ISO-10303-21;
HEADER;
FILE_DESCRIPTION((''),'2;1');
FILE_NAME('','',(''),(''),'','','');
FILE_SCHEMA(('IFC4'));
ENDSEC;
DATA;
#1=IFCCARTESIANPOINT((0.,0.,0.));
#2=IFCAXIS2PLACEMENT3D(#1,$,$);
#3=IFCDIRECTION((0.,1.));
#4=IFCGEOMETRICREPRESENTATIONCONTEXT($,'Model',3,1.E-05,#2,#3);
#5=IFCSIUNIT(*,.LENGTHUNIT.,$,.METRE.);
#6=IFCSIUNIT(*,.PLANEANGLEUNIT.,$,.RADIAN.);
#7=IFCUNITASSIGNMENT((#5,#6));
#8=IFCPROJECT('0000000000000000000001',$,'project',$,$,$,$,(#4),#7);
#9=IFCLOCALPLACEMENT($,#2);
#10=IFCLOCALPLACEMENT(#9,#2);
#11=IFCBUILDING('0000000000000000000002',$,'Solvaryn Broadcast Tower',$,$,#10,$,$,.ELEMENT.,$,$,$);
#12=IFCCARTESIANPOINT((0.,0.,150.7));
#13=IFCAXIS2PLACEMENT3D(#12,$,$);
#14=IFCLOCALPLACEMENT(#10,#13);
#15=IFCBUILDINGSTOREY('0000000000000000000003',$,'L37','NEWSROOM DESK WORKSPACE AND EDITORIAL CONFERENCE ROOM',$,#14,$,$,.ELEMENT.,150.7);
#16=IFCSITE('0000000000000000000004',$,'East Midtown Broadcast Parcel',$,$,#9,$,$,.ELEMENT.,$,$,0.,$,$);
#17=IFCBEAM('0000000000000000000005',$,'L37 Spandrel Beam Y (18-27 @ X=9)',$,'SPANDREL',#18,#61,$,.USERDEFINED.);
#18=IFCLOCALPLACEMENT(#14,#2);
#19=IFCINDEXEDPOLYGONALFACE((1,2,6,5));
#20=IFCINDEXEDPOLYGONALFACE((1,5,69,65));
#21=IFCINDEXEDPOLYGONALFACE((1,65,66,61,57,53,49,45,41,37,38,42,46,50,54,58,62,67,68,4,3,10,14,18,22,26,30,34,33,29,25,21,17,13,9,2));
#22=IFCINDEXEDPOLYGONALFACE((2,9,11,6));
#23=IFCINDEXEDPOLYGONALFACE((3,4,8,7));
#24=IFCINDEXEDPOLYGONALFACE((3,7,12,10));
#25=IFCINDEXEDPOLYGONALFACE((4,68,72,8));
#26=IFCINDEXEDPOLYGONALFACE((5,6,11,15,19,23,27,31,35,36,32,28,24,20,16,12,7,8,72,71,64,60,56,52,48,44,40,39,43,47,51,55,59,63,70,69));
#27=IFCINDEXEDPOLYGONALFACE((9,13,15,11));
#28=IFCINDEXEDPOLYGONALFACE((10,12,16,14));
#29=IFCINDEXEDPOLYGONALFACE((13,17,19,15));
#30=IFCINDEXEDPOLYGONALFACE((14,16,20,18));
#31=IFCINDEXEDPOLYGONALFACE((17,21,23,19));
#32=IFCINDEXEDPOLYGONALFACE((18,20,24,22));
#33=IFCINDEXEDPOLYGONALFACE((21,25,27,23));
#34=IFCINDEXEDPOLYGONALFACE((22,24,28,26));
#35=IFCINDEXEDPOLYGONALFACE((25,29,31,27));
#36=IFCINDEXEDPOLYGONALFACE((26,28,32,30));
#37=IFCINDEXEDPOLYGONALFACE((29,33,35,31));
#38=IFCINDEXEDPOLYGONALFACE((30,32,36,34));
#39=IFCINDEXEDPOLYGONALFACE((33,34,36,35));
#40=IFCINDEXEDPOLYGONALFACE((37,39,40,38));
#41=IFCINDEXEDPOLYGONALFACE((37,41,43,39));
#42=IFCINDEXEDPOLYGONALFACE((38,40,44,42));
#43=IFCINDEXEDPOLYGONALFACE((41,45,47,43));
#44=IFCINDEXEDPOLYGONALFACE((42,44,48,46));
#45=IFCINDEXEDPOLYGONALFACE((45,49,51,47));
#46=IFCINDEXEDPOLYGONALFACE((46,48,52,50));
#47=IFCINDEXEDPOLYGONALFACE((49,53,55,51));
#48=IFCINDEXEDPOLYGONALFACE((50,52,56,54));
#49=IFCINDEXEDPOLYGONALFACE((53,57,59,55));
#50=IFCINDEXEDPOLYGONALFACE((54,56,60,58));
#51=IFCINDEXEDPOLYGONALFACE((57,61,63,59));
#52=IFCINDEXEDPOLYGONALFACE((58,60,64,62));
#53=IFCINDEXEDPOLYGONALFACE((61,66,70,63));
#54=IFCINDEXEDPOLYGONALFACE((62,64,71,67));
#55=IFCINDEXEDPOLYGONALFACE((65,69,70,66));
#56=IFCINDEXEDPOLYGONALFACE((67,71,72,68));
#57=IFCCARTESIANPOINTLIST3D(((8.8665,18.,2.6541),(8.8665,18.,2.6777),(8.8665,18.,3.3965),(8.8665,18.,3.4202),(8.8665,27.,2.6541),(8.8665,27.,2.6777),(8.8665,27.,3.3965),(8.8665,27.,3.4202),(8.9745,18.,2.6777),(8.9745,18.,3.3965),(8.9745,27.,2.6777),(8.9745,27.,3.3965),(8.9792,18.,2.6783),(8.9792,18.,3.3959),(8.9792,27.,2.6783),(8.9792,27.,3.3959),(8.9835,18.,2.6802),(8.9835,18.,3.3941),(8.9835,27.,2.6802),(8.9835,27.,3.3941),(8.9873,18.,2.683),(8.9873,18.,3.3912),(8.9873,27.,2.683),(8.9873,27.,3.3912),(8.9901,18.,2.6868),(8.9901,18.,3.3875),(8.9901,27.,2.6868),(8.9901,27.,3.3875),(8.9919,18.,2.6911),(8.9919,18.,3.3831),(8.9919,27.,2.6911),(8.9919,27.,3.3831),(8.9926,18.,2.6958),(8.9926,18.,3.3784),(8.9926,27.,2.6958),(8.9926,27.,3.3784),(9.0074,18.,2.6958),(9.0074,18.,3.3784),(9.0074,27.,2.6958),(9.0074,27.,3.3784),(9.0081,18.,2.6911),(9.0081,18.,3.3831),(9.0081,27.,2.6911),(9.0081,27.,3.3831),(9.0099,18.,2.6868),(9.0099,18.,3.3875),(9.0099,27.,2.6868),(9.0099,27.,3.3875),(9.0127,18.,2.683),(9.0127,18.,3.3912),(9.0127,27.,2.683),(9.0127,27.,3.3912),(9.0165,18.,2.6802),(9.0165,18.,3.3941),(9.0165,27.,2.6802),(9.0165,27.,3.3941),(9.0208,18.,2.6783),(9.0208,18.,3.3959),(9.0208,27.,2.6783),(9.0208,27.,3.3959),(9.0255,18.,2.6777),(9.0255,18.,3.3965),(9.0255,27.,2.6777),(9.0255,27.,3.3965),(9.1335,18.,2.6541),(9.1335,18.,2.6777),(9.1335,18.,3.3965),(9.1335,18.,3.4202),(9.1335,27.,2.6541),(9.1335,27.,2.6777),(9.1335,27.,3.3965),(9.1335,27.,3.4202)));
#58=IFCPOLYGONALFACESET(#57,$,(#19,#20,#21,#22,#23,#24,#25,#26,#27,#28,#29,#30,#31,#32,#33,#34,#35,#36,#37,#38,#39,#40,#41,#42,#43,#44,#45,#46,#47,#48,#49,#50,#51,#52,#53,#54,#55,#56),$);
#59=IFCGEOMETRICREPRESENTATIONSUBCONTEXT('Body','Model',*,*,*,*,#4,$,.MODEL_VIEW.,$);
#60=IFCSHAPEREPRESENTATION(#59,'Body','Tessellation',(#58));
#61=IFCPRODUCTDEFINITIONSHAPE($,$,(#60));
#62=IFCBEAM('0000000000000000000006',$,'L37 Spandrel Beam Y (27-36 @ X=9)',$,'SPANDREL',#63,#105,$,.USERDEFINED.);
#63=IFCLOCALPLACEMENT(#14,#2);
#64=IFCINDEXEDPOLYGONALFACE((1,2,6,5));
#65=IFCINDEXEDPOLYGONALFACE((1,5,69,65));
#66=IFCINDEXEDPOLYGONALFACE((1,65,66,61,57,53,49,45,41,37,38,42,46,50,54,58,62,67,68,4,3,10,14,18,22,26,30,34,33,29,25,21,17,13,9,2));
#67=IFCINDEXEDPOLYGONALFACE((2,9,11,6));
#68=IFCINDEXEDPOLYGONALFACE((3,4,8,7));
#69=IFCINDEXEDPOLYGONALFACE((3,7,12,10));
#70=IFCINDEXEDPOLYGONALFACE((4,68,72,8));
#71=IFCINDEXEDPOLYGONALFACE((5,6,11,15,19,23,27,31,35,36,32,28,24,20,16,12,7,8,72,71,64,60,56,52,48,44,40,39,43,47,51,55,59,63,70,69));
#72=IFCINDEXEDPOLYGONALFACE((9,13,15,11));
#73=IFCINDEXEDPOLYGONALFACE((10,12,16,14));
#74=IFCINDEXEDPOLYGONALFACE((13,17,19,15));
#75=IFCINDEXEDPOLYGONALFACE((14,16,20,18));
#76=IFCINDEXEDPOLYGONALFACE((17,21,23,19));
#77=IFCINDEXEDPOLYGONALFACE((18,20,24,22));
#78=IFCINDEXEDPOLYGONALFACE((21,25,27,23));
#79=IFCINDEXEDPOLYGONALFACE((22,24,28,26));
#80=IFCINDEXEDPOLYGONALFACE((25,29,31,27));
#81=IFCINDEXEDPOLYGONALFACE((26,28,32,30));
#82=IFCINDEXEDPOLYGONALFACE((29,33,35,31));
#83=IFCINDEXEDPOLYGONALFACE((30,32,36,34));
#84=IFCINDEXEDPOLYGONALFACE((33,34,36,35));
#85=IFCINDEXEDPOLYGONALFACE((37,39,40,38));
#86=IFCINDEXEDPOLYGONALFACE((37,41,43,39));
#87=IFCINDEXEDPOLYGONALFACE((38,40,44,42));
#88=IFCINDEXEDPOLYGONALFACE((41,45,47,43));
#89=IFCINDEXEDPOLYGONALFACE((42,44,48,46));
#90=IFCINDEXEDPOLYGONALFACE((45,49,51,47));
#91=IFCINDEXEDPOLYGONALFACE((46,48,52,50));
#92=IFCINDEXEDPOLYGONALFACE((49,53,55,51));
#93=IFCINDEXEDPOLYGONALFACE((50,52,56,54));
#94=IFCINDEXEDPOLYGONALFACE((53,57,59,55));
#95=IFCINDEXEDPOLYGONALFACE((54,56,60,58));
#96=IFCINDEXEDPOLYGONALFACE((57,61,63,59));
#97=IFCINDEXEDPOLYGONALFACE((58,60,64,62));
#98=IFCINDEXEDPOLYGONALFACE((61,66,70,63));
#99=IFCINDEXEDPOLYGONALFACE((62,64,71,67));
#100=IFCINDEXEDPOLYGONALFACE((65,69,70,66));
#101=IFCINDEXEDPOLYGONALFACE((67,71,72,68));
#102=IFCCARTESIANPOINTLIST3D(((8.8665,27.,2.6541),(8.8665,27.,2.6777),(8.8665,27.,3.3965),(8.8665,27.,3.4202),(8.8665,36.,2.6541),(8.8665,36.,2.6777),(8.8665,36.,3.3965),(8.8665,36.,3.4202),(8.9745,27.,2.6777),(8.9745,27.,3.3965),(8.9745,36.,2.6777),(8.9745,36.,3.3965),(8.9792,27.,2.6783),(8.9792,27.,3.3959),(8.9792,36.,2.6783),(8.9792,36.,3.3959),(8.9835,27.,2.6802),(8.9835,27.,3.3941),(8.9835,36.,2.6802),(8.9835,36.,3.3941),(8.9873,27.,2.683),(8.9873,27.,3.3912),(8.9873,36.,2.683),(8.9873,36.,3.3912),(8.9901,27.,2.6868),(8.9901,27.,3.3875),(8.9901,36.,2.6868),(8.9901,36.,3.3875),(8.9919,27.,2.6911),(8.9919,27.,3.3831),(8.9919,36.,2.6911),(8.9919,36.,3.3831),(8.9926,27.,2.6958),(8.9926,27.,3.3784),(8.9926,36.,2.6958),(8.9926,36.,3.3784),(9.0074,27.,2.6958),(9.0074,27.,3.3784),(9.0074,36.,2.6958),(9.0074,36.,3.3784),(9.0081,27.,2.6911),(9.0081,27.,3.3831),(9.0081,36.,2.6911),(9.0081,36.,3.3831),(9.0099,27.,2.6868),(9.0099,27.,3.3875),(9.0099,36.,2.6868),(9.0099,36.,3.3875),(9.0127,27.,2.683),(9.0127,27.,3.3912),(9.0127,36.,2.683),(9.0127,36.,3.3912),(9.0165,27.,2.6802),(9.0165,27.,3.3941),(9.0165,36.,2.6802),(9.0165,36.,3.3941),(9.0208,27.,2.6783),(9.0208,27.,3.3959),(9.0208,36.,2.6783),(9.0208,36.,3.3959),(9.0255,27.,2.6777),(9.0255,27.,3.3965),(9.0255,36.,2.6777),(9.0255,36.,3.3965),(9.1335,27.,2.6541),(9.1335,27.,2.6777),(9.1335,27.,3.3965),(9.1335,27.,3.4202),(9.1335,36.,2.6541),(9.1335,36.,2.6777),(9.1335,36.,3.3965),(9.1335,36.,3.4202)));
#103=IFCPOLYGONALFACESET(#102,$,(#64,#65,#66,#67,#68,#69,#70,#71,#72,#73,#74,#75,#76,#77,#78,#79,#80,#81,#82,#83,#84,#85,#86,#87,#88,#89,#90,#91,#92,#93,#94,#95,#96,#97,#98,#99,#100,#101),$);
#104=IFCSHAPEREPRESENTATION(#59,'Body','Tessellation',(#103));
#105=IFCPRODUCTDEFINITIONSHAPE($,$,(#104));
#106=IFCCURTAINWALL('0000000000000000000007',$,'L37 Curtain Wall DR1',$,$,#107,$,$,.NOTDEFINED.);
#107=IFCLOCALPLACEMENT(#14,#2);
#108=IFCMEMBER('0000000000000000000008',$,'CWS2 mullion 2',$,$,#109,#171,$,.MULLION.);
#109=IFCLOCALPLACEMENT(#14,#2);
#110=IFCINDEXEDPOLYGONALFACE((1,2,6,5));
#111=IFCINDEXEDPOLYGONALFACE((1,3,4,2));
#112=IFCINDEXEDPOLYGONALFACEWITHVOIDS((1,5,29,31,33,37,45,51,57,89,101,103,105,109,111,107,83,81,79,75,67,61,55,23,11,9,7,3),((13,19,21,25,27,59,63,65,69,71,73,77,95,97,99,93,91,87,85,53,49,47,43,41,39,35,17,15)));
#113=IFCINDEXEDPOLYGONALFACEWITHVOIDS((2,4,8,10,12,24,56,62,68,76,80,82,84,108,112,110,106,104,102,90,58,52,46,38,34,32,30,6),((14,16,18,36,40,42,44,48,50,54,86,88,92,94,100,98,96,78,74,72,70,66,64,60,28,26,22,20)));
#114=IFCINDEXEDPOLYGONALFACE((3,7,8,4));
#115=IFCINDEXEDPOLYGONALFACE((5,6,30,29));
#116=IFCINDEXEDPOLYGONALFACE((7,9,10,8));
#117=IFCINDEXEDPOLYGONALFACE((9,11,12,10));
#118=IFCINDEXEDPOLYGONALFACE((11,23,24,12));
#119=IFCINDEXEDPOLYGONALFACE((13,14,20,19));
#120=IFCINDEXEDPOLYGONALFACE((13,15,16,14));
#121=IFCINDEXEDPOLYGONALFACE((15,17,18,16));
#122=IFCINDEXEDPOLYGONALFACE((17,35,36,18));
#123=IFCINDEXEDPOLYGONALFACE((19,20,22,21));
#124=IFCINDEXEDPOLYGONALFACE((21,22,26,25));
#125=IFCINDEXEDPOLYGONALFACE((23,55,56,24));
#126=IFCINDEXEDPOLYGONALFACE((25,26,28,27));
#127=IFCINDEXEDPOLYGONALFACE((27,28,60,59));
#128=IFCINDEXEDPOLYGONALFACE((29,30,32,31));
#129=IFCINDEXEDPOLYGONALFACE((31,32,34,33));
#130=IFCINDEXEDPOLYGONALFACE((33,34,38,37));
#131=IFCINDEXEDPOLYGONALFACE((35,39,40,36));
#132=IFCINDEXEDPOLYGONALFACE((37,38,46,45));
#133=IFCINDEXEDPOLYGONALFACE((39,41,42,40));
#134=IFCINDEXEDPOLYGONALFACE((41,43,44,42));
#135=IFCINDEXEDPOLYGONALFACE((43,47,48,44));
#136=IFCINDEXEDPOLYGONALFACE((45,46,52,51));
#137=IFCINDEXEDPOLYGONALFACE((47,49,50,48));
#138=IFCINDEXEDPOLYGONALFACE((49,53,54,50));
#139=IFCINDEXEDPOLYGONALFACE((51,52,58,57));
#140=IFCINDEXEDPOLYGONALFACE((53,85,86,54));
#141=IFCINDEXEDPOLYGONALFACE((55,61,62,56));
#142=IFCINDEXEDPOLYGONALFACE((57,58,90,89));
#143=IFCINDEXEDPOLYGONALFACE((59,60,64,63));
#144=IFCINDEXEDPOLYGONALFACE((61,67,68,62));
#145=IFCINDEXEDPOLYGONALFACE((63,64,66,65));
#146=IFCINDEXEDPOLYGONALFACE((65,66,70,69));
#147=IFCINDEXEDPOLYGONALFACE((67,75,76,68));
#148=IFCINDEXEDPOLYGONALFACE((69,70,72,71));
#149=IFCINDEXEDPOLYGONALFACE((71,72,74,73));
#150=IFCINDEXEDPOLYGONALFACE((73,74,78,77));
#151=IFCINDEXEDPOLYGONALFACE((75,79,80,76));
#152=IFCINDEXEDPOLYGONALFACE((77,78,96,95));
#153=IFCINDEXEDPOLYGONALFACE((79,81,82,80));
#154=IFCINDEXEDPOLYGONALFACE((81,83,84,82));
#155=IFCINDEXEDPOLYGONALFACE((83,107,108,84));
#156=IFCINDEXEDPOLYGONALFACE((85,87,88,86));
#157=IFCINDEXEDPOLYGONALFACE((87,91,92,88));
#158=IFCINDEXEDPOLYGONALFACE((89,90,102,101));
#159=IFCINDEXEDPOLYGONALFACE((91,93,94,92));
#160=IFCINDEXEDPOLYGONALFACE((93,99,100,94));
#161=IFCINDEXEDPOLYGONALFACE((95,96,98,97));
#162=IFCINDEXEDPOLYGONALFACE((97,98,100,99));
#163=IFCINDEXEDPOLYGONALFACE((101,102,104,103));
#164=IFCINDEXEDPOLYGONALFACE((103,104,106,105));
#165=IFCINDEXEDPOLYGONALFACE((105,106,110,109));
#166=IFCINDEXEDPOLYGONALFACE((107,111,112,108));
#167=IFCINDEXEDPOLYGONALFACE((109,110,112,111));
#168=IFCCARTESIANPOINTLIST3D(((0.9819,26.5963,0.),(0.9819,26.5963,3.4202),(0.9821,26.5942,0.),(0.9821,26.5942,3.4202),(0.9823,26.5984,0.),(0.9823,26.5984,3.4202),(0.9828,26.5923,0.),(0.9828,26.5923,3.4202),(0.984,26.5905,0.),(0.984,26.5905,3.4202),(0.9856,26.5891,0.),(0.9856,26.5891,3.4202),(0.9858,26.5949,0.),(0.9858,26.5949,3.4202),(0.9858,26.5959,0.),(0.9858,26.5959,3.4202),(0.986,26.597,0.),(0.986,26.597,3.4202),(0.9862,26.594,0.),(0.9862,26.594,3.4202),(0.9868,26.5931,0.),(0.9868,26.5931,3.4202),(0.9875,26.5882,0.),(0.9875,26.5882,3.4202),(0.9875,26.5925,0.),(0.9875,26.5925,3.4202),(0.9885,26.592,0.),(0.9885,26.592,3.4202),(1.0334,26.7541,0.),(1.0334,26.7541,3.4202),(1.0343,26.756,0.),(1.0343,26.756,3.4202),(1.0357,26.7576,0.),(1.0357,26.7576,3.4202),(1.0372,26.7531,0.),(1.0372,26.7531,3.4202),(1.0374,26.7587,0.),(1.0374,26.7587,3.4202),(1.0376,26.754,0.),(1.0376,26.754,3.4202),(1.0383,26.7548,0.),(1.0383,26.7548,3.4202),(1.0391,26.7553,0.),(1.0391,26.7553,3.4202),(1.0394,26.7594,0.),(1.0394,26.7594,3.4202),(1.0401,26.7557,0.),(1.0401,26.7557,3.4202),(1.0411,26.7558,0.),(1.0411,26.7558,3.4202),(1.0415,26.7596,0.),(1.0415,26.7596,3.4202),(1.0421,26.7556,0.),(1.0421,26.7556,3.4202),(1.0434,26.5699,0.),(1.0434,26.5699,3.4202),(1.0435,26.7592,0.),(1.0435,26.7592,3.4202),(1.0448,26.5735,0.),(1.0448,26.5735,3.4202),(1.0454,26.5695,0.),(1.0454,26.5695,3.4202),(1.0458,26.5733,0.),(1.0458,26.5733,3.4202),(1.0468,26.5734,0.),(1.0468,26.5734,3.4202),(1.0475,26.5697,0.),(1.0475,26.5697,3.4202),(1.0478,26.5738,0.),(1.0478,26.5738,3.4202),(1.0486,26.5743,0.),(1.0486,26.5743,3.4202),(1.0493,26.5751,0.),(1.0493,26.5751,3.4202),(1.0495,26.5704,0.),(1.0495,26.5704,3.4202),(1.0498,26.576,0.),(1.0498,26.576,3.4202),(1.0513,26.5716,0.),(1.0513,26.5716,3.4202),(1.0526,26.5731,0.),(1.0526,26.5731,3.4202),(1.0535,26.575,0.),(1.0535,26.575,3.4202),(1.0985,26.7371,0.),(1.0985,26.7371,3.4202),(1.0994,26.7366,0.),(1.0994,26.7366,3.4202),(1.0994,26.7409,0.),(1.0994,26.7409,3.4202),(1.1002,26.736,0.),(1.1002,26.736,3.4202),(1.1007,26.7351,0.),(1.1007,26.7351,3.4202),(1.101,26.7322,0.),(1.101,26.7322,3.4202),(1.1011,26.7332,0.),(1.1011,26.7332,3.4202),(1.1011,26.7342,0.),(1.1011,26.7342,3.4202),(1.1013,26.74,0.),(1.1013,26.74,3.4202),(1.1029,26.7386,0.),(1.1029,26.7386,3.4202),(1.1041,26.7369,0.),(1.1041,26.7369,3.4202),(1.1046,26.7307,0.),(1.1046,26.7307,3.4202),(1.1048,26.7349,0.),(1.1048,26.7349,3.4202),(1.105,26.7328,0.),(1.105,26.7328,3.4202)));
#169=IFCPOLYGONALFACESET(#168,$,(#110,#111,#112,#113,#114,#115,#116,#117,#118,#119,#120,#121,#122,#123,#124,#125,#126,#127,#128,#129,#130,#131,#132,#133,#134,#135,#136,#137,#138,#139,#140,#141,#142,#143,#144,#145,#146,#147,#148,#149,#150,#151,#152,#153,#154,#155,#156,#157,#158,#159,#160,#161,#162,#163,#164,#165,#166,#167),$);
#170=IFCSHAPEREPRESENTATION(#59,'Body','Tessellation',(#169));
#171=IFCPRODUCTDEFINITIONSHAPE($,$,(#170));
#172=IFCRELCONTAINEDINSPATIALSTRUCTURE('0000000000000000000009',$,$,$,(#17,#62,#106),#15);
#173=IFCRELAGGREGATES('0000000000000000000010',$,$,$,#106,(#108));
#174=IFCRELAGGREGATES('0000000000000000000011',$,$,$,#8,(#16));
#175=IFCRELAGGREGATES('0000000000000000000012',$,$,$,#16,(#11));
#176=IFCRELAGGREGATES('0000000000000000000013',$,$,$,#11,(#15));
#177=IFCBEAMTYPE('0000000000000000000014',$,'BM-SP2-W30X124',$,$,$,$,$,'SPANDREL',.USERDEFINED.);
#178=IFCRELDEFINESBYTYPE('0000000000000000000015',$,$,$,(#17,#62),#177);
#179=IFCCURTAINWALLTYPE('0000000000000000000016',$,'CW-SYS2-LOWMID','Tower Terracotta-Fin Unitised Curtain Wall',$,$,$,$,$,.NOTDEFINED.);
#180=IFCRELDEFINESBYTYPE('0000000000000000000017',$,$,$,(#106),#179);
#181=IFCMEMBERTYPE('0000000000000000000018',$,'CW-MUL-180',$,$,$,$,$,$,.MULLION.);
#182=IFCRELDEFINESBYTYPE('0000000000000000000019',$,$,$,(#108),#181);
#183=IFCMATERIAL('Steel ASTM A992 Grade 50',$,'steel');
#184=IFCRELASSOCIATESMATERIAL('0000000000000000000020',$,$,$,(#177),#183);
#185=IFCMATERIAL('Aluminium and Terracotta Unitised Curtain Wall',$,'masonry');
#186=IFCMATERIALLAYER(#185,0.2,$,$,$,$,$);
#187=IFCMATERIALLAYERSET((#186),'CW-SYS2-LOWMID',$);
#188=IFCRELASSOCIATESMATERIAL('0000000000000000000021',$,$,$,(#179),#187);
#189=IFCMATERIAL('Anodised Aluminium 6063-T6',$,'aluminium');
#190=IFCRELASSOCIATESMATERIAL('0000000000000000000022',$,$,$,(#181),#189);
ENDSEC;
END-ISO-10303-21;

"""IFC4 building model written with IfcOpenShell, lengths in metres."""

from ifc_helpers import new_model, si_unit, direction, frame, origin, origin_2d, place, context, subcontext, project, spatial, hollow_rectangle, i_section, extrude, material, layer, layer_set, material_profile, profile_set, type_object, element, aggregate, save


model = new_model("IFC4")

# Units and contexts
model_context = context("Model", 3, precision=1e-05, world=origin(), true_north=direction((0.0, 1.0)))
body_context = subcontext(model_context, "Body", "Model", "MODEL_VIEW")
ifc_project = project(units=[si_unit("LENGTHUNIT", "METRE"), si_unit("PLANEANGLEUNIT", "RADIAN")], contexts=[model_context])

# Site, building, storey
site_placement = place(None, origin())
site = spatial("IfcSite", under=ifc_project, at=site_placement, Name="East Midtown Broadcast Parcel", CompositionType="ELEMENT", RefElevation=0.0)
building_placement = place(site_placement, origin())
building = spatial("IfcBuilding", under=site, at=building_placement, Name="Solvaryn Broadcast Tower", CompositionType="ELEMENT")
storey_placement = place(building_placement, frame((0.0, 0.0, 150.7)))
storey = spatial("IfcBuildingStorey", under=building, at=storey_placement, Name="L37", Description="NEWSROOM DESK WORKSPACE AND EDITORIAL CONFERENCE ROOM", CompositionType="ELEMENT", Elevation=150.7)

# Beams
ifc_material_1 = material(Name="Steel ASTM A992 Grade 50", Category="steel")
ifc_material_profile_1 = material_profile(ifc_material_1, i_section(OverallWidth=0.2671, OverallDepth=0.7661, WebThickness=0.0149, FlangeThickness=0.0237, FilletRadius=0.0181, at=origin_2d()))
ifc_profile_set_1 = profile_set([ifc_material_profile_1], Name="Steel ASTM A992 Grade 50")
beam_type_1 = type_object("IfcBeamType", Name="BM-SP2-W30X124", ElementType="SPANDREL", PredefinedType="USERDEFINED", material=ifc_profile_set_1)
for number, where, z_axis, x_axis, name in (
    (1, (9.0, 18.0, 3.0371), (0.0, 1.0, 0.0), (-1.0, 0.0, 0.0), "L37 Spandrel Beam Y (18-27 @ X=9)"),
    (2, (9.0, 27.0, 3.0371), (0.0, 1.0, 0.0), (-1.0, 0.0, 0.0), "L37 Spandrel Beam Y (27-36 @ X=9)"),
):
    element("IfcBeam", number, at=place(storey_placement, frame(where, z_axis=z_axis, x_axis=x_axis)), inside=storey, type_object=beam_type_1, Name=name, ObjectType="SPANDREL", PredefinedType="USERDEFINED", context=body_context, shape_type="SweptSolid", body=[
        extrude(i_section(OverallWidth=0.2671, OverallDepth=0.7661, WebThickness=0.0149, FlangeThickness=0.0237, FilletRadius=0.0181, at=origin_2d()), origin(), (0.0, 0.0, 1.0), 9.0),
    ])

# Curtain wall, member
ifc_material_2 = material(Name="Aluminium and Terracotta Unitised Curtain Wall", Category="masonry")
ifc_layer_1 = layer(ifc_material_2, 0.2)
ifc_layer_set_1 = layer_set([ifc_layer_1], Name="CW-SYS2-LOWMID")
curtain_wall_type_1 = type_object("IfcCurtainWallType", Name="CW-SYS2-LOWMID", Description="Tower Terracotta-Fin Unitised Curtain Wall", PredefinedType="NOTDEFINED", material=ifc_layer_set_1)
curtain_wall_1_placement = place(storey_placement, origin())
curtain_wall_1 = element("IfcCurtainWall", 3, at=curtain_wall_1_placement, inside=storey, type_object=curtain_wall_type_1, Name="L37 Curtain Wall DR1", PredefinedType="NOTDEFINED")
ifc_material_3 = material(Name="Anodised Aluminium 6063-T6", Category="aluminium")
ifc_material_profile_2 = material_profile(ifc_material_3, hollow_rectangle(XDim=0.075, YDim=0.1799, WallThickness=0.0039, InnerFilletRadius=0.0039, OuterFilletRadius=0.0081, at=origin_2d()))
ifc_profile_set_2 = profile_set([ifc_material_profile_2], Name="Anodised Aluminium 6063-T6")
member_type_1 = type_object("IfcMemberType", Name="CW-MUL-180", PredefinedType="MULLION", material=ifc_profile_set_2)
member_1_placement = place(storey_placement, frame((1.0435, 26.6646, 0.0), z_axis=(0.0, 0.0, 1.0), x_axis=(0.950198, -0.311646, 0.0)))
member_1 = element("IfcMember", 4, at=member_1_placement, type_object=member_type_1, Name="CWS2 mullion 2", PredefinedType="MULLION", context=body_context, shape_type="SweptSolid", body=[
    extrude(hollow_rectangle(XDim=0.075, YDim=0.1799, WallThickness=0.0039, InnerFilletRadius=0.0039, OuterFilletRadius=0.0081, at=origin_2d()), origin(), (0.0, 0.0, 1.0), 3.4202),
])
aggregate(curtain_wall_1, [member_1])

save(model, "model.ifc")
